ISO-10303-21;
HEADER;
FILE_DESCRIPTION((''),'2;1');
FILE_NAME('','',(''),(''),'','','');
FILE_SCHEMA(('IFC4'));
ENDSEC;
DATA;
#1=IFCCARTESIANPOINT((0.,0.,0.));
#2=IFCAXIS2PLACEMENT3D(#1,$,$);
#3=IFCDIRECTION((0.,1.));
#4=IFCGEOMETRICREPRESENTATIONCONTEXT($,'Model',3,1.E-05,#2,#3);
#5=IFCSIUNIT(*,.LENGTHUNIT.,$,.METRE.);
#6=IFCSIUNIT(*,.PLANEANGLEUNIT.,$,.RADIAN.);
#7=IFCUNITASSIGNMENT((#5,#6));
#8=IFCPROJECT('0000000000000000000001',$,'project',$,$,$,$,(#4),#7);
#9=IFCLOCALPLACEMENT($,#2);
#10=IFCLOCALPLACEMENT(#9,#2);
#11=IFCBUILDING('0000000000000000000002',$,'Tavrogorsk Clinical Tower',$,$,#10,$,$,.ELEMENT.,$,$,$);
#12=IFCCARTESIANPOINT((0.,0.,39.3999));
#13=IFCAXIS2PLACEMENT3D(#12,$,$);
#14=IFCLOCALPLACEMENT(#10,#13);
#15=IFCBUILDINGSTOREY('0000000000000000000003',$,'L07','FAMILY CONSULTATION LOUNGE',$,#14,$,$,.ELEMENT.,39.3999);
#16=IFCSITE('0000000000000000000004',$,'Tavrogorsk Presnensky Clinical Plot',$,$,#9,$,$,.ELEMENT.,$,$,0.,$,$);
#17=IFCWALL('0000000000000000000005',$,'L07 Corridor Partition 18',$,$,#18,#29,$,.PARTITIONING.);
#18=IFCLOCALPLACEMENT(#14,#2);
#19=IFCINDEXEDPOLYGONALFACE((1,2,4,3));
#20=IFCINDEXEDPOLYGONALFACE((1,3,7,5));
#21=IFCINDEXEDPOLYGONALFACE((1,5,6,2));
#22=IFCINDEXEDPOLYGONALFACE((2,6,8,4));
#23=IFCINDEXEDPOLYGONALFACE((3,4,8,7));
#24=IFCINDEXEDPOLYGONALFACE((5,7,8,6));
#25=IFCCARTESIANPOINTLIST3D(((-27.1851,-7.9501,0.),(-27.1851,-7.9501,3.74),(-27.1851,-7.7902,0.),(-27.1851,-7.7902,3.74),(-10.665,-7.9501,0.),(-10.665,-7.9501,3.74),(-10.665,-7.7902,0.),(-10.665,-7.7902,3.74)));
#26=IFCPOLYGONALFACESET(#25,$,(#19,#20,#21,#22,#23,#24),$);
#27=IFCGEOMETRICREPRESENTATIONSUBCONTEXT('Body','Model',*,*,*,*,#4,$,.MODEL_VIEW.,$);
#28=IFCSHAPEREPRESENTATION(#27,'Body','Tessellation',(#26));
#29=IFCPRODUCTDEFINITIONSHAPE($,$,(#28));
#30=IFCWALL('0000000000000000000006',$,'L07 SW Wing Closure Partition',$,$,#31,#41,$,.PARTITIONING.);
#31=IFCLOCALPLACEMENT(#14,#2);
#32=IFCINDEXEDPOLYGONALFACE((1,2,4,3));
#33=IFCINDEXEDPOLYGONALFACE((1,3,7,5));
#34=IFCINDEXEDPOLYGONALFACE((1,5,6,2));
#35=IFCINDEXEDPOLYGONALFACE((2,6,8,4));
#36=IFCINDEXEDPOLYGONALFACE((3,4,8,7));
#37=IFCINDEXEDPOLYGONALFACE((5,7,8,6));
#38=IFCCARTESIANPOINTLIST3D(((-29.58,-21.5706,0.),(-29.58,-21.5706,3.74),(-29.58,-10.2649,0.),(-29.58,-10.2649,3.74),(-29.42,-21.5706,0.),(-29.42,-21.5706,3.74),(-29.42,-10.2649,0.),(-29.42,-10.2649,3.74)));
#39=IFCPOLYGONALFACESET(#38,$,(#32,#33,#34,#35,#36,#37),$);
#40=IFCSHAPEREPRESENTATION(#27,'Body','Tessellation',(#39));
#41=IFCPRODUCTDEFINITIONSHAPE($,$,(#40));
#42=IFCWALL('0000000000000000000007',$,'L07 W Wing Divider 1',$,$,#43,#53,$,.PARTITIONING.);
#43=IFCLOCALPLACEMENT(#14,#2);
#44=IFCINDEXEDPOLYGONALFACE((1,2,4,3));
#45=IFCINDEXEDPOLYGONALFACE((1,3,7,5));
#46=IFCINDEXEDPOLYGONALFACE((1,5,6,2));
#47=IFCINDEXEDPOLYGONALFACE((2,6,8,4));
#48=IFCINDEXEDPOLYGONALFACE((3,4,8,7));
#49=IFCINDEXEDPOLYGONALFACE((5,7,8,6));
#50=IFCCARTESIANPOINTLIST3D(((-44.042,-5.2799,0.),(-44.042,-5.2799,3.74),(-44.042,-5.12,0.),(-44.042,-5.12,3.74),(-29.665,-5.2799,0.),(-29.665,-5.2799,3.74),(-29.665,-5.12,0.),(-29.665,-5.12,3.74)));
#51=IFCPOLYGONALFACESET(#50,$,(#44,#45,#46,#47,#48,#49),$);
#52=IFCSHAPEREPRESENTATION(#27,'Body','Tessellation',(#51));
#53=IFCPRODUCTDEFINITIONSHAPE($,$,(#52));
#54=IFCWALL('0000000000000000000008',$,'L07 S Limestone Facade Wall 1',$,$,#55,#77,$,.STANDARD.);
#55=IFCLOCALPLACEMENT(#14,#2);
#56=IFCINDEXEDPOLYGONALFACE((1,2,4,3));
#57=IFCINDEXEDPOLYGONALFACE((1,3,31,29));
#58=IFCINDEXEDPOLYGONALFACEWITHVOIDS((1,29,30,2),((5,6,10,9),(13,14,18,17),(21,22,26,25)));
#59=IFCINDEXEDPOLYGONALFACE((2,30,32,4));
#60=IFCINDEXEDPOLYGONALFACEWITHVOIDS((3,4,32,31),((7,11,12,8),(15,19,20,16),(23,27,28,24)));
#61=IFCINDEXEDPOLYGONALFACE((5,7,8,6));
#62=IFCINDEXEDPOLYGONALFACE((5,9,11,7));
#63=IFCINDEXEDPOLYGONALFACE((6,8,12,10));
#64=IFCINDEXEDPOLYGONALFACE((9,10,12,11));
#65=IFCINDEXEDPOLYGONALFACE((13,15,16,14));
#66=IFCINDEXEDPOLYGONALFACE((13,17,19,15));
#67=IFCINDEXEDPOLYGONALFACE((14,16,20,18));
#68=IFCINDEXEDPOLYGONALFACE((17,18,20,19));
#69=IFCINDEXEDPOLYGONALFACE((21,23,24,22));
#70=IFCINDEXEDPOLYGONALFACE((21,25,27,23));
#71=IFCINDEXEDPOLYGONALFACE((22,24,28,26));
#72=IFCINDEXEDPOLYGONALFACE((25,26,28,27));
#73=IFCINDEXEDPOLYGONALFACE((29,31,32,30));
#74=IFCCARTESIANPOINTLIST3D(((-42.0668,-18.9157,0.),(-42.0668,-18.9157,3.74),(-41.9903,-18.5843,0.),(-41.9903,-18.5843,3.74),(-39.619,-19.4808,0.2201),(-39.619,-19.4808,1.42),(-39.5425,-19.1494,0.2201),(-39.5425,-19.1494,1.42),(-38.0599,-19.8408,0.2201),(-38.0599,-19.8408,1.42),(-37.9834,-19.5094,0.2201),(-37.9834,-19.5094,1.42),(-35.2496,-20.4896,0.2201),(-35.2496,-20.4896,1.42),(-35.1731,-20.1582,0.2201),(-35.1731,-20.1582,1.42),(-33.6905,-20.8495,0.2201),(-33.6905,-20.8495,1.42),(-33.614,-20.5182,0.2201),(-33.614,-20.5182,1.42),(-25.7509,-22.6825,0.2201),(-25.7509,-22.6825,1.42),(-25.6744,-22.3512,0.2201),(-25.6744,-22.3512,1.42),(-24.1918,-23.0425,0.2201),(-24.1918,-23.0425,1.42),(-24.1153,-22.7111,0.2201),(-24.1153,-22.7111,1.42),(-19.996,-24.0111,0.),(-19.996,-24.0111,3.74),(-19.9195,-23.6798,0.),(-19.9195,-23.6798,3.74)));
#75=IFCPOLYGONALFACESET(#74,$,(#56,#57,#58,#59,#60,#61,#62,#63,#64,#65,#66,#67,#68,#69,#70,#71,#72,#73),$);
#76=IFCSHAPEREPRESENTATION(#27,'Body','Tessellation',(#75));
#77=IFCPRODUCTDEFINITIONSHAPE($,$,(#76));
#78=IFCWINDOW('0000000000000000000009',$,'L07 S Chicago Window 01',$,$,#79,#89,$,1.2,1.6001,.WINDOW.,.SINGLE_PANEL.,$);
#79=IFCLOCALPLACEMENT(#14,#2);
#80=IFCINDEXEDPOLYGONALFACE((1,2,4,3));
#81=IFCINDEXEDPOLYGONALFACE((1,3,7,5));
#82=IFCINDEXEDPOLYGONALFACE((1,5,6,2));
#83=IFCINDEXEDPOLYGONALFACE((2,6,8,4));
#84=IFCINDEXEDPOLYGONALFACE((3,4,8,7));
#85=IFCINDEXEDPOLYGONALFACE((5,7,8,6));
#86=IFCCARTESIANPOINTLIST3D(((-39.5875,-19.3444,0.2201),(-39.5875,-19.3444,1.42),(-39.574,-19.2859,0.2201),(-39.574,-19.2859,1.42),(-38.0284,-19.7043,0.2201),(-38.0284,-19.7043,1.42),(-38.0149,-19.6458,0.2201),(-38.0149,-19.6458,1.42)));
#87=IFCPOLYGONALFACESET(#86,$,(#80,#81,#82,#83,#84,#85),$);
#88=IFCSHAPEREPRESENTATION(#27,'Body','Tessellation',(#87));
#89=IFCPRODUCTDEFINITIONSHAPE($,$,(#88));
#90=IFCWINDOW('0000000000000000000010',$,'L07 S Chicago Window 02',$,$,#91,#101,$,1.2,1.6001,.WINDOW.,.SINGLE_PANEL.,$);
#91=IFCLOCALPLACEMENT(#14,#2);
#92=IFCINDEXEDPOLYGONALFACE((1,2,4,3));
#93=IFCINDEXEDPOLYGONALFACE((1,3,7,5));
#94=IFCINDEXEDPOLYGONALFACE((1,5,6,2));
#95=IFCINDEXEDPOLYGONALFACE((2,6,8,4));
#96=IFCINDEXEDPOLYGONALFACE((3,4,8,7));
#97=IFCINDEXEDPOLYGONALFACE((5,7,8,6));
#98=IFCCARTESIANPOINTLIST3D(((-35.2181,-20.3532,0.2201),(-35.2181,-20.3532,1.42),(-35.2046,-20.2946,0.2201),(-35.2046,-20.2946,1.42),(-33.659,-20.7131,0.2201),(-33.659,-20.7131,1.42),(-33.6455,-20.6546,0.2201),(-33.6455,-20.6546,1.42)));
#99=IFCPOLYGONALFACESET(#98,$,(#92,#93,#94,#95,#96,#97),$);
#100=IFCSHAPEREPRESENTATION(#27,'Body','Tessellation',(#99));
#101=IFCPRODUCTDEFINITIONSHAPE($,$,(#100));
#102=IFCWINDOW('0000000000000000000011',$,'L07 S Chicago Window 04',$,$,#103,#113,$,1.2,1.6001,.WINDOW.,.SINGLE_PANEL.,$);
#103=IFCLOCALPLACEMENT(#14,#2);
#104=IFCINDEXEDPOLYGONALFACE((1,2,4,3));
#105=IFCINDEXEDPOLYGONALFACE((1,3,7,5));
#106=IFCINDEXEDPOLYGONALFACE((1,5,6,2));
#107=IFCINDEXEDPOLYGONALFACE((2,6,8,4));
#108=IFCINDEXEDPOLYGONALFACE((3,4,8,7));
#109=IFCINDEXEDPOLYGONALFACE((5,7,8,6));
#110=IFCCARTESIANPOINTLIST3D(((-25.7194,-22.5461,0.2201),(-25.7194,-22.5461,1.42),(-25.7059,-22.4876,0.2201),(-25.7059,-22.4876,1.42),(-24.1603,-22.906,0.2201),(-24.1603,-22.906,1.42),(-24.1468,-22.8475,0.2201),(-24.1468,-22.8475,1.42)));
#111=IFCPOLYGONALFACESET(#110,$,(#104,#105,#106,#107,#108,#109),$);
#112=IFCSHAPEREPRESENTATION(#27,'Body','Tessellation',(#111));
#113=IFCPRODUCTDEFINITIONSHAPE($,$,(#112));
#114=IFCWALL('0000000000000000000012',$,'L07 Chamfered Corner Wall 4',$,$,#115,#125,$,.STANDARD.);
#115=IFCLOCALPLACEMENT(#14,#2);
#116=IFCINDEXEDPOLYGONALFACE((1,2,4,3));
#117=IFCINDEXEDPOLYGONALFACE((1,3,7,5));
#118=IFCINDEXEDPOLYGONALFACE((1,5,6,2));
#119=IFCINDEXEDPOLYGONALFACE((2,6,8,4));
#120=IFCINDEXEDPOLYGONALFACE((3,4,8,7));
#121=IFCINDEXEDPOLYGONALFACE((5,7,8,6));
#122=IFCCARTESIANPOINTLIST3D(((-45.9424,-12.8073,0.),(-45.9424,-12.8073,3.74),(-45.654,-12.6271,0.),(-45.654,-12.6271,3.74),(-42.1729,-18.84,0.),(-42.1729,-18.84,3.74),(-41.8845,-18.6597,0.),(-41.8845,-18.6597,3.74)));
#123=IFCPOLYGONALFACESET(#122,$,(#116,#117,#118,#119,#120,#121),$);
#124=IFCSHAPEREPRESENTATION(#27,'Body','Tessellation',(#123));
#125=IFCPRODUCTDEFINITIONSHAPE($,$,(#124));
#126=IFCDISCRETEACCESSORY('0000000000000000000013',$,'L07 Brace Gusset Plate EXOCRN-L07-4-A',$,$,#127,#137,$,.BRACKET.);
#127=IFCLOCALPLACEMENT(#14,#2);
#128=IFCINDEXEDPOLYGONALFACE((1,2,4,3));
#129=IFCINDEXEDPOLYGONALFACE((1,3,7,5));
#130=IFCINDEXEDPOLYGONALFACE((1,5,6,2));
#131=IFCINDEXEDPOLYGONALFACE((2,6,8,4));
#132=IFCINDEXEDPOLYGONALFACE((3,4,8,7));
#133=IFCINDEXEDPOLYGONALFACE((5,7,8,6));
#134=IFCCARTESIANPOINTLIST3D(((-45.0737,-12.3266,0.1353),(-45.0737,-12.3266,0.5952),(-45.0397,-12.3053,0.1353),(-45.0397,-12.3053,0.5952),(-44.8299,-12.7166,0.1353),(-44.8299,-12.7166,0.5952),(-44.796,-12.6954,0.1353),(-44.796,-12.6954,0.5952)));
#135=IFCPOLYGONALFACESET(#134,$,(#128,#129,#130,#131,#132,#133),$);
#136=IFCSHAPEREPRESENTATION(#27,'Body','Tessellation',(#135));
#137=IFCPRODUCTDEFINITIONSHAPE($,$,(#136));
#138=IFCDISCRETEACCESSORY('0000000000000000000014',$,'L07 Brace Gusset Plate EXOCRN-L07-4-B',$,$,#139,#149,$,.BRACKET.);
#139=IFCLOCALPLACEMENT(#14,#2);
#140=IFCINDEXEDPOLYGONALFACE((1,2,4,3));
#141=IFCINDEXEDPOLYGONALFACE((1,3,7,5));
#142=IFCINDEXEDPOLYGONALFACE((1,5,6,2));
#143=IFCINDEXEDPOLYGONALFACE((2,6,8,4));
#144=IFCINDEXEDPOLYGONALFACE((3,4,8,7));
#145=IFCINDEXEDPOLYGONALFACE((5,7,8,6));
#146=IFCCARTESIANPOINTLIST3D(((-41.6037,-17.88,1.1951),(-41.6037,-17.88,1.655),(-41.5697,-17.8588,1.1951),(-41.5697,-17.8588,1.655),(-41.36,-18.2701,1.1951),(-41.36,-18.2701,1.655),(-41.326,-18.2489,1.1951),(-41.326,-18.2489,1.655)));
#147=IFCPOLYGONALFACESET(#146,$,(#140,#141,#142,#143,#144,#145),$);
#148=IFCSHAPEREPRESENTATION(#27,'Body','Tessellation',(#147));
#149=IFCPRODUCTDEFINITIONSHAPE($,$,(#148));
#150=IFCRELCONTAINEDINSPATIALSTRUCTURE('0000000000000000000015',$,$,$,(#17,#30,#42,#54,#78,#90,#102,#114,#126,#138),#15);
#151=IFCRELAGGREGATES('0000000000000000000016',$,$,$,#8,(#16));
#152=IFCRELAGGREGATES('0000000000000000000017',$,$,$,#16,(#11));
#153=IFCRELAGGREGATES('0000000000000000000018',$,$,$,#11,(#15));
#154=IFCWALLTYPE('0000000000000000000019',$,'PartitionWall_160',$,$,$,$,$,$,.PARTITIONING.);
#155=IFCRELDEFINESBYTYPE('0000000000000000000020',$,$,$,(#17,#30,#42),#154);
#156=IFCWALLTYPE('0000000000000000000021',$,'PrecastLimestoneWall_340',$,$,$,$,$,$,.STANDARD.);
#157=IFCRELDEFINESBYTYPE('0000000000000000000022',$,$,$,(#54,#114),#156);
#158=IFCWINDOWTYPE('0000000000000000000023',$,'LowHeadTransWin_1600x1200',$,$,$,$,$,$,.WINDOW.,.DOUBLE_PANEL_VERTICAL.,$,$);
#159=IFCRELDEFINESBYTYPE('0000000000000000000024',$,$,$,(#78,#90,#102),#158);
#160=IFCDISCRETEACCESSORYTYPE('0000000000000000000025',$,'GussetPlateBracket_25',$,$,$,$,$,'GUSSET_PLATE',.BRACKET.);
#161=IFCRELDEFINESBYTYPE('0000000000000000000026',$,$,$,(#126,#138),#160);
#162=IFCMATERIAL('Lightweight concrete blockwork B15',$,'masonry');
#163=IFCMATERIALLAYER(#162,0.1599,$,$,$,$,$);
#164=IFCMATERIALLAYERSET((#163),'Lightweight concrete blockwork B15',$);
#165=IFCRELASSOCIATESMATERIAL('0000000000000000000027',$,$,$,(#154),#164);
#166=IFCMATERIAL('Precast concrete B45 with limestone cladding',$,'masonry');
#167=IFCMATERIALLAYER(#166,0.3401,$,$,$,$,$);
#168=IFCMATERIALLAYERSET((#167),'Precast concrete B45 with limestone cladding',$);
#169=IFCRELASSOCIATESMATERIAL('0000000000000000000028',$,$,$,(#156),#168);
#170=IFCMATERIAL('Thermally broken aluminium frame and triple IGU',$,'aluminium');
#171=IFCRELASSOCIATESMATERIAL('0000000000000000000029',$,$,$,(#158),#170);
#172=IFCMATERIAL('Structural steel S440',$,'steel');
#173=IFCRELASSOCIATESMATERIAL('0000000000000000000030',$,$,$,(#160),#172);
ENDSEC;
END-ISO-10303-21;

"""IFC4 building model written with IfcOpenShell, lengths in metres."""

from ifc_helpers import new_model, si_unit, direction, frame, frame_2d, origin, origin_2d, place, context, subcontext, project, spatial, rectangle, extrude, material, layer, layer_set, type_object, element, fill, save


model = new_model("IFC4")

# Units and contexts
model_context = context("Model", 3, precision=1e-05, world=origin(), true_north=direction((0.0, 1.0)))
body_context = subcontext(model_context, "Body", "Model", "MODEL_VIEW")
ifc_project = project(units=[si_unit("LENGTHUNIT", "METRE"), si_unit("PLANEANGLEUNIT", "RADIAN")], contexts=[model_context])

# Site, building, storey
site_placement = place(None, origin())
site = spatial("IfcSite", under=ifc_project, at=site_placement, Name="Tavrogorsk Presnensky Clinical Plot", CompositionType="ELEMENT", RefElevation=0.0)
building_placement = place(site_placement, origin())
building = spatial("IfcBuilding", under=site, at=building_placement, Name="Tavrogorsk Clinical Tower", CompositionType="ELEMENT")
storey_placement = place(building_placement, frame((0.0, 0.0, 39.3999)))
storey = spatial("IfcBuildingStorey", under=building, at=storey_placement, Name="L07", Description="FAMILY CONSULTATION LOUNGE", CompositionType="ELEMENT", Elevation=39.3999)

# Shared definitions
ifc_material_1 = material(Name="Lightweight concrete blockwork B15", Category="masonry")
ifc_layer_1 = layer(ifc_material_1, 0.1599)
ifc_layer_set_1 = layer_set([ifc_layer_1], Name="Lightweight concrete blockwork B15")
wall_type_1 = type_object("IfcWallType", Name="PartitionWall_160", PredefinedType="PARTITIONING", material=ifc_layer_set_1)

# Walls
wall_1_placement = place(storey_placement, frame((-27.1851, -7.8701, 0.0), z_axis=(0.0, 0.0, 1.0), x_axis=(1.0, 0.0, 0.0)))
element("IfcWall", 1, at=wall_1_placement, inside=storey, type_object=wall_type_1, Name="L07 Corridor Partition 18", PredefinedType="PARTITIONING", context=body_context, shape_type="SweptSolid", body=[
    extrude(rectangle(XDim=16.52, YDim=0.1599, at=frame_2d((8.26, 0.0))), origin(), (0.0, 0.0, 1.0), 3.74),
])
wall_2_placement = place(storey_placement, frame((-29.5, -21.5706, 0.0), z_axis=(0.0, 0.0, 1.0), x_axis=(0.0, 1.0, 0.0)))
element("IfcWall", 2, at=wall_2_placement, inside=storey, type_object=wall_type_1, Name="L07 SW Wing Closure Partition", PredefinedType="PARTITIONING", context=body_context, shape_type="SweptSolid", body=[
    extrude(rectangle(XDim=11.3057, YDim=0.1599, at=frame_2d((5.6528, 0.0))), origin(), (0.0, 0.0, 1.0), 3.74),
])
wall_3_placement = place(storey_placement, frame((-44.042, -5.2, 0.0), z_axis=(0.0, 0.0, 1.0), x_axis=(1.0, 0.0, 0.0)))
element("IfcWall", 3, at=wall_3_placement, inside=storey, type_object=wall_type_1, Name="L07 W Wing Divider 1", PredefinedType="PARTITIONING", context=body_context, shape_type="SweptSolid", body=[
    extrude(rectangle(XDim=14.377, YDim=0.1599, at=frame_2d((7.1885, 0.0))), origin(), (0.0, 0.0, 1.0), 3.74),
])

# Wall, openings, windows
ifc_material_2 = material(Name="Precast concrete B45 with limestone cladding", Category="masonry")
ifc_layer_2 = layer(ifc_material_2, 0.3401)
ifc_layer_set_2 = layer_set([ifc_layer_2], Name="Precast concrete B45 with limestone cladding")
wall_type_2 = type_object("IfcWallType", Name="PrecastLimestoneWall_340", PredefinedType="STANDARD", material=ifc_layer_set_2)
wall_4_placement = place(storey_placement, frame((-42.0286, -18.75, 0.0), z_axis=(0.0, 0.0, 1.0), x_axis=(0.97437, -0.224952, 0.0)))
wall_4 = element("IfcWall", 4, at=wall_4_placement, inside=storey, type_object=wall_type_2, Name="L07 S Limestone Facade Wall 1", PredefinedType="STANDARD", context=body_context, shape_type="SweptSolid", body=[
    extrude(rectangle(XDim=22.6514, YDim=0.3401, at=frame_2d((11.3257, 0.0))), origin(), (0.0, 0.0, 1.0), 3.74),
])
opening_1_placement = place(wall_4_placement, frame((2.5122, 0.0, 0.22)))
opening_1 = element("IfcOpeningElement", 5, at=opening_1_placement, cuts=wall_4, PredefinedType="OPENING", context=body_context, shape_type="SweptSolid", body=[
    extrude(rectangle(XDim=1.6001, YDim=1.2, at=frame_2d((0.8, 0.6001))), frame((0.0, 0.1799, 0.0), z_axis=(0.0, -1.0, 0.0), x_axis=(1.0, 0.0, 0.0)), (0.0, 0.0, 1.0), 0.3601),
])
opening_2_placement = place(wall_4_placement, frame((6.9966, 0.0, 0.22)))
opening_2 = element("IfcOpeningElement", 6, at=opening_2_placement, cuts=wall_4, PredefinedType="OPENING", context=body_context, shape_type="SweptSolid", body=[
    extrude(rectangle(XDim=1.6001, YDim=1.2, at=frame_2d((0.8, 0.6001))), frame((0.0, 0.1799, 0.0), z_axis=(0.0, -1.0, 0.0), x_axis=(1.0, 0.0, 0.0)), (0.0, 0.0, 1.0), 0.3601),
])
opening_3_placement = place(wall_4_placement, frame((16.7451, 0.0, 0.22)))
opening_3 = element("IfcOpeningElement", 7, at=opening_3_placement, cuts=wall_4, PredefinedType="OPENING", context=body_context, shape_type="SweptSolid", body=[
    extrude(rectangle(XDim=1.6001, YDim=1.2, at=frame_2d((0.8, 0.6001))), frame((0.0, 0.1799, 0.0), z_axis=(0.0, -1.0, 0.0), x_axis=(1.0, 0.0, 0.0)), (0.0, 0.0, 1.0), 0.3601),
])
ifc_material_3 = material(Name="Thermally broken aluminium frame and triple IGU", Category="aluminium")
window_type = type_object("IfcWindowType", Name="LowHeadTransWin_1600x1200", PartitioningType="DOUBLE_PANEL_VERTICAL", PredefinedType="WINDOW", material=ifc_material_3)
window_1_placement = place(opening_1_placement, origin())
window_1 = element("IfcWindow", 8, at=window_1_placement, inside=storey, type_object=window_type, Name="L07 S Chicago Window 01", OverallHeight=1.2, OverallWidth=1.6001, PartitioningType="SINGLE_PANEL", PredefinedType="WINDOW", context=body_context, shape_type="SweptSolid", body=[
    extrude(rectangle(XDim=1.6001, YDim=1.2, at=frame_2d((0.8, 0.6001))), frame((0.0, 0.03, 0.0), z_axis=(0.0, -1.0, 0.0), x_axis=(1.0, 0.0, 0.0)), (0.0, 0.0, 1.0), 0.0601),
])
fill(opening_1, window_1)
window_2_placement = place(opening_2_placement, origin())
window_2 = element("IfcWindow", 9, at=window_2_placement, inside=storey, type_object=window_type, Name="L07 S Chicago Window 02", OverallHeight=1.2, OverallWidth=1.6001, PartitioningType="SINGLE_PANEL", PredefinedType="WINDOW", context=body_context, shape_type="SweptSolid", body=[
    extrude(rectangle(XDim=1.6001, YDim=1.2, at=frame_2d((0.8, 0.6001))), frame((0.0, 0.03, 0.0), z_axis=(0.0, -1.0, 0.0), x_axis=(1.0, 0.0, 0.0)), (0.0, 0.0, 1.0), 0.0601),
])
fill(opening_2, window_2)
window_3_placement = place(opening_3_placement, origin())
window_3 = element("IfcWindow", 10, at=window_3_placement, inside=storey, type_object=window_type, Name="L07 S Chicago Window 04", OverallHeight=1.2, OverallWidth=1.6001, PartitioningType="SINGLE_PANEL", PredefinedType="WINDOW", context=body_context, shape_type="SweptSolid", body=[
    extrude(rectangle(XDim=1.6001, YDim=1.2, at=frame_2d((0.8, 0.6001))), frame((0.0, 0.03, 0.0), z_axis=(0.0, -1.0, 0.0), x_axis=(1.0, 0.0, 0.0)), (0.0, 0.0, 1.0), 0.0601),
])
fill(opening_3, window_3)

# Wall
wall_5_placement = place(storey_placement, frame((-45.7981, -12.7173, 0.0), z_axis=(0.0, 0.0, 1.0), x_axis=(0.529906, -0.848056, 0.0)))
element("IfcWall", 11, at=wall_5_placement, inside=storey, type_object=wall_type_2, Name="L07 Chamfered Corner Wall 4", PredefinedType="STANDARD", context=body_context, shape_type="SweptSolid", body=[
    extrude(rectangle(XDim=7.1135, YDim=0.3401, at=frame_2d((3.5566, 0.0))), origin(), (0.0, 0.0, 1.0), 3.74),
])

# Discrete accessories
ifc_material_4 = material(Name="Structural steel S440", Category="steel")
discrete_accessory_type = type_object("IfcDiscreteAccessoryType", Name="GussetPlateBracket_25", ElementType="GUSSET_PLATE", PredefinedType="BRACKET", material=ifc_material_4)
for number, where, z_axis, x_axis, name in (
    (12, (-44.9348, -12.511, 0.1353), (0.0, 0.0, 1.0), (0.529919, -0.848048, 0.0), "L07 Brace Gusset Plate EXOCRN-L07-4-A"),
    (13, (-41.4648, -18.0645, 1.1951), (0.0, 0.0, 1.0), (0.529919, -0.848048, 0.0), "L07 Brace Gusset Plate EXOCRN-L07-4-B"),
):
    element("IfcDiscreteAccessory", number, at=place(storey_placement, frame(where, z_axis=z_axis, x_axis=x_axis)), inside=storey, type_object=discrete_accessory_type, Name=name, PredefinedType="BRACKET", context=body_context, shape_type="SweptSolid", body=[
        extrude(rectangle(XDim=0.46, YDim=0.04, at=origin_2d()), origin(), (0.0, 0.0, 1.0), 0.46),
    ])

save(model, "model.ifc")
